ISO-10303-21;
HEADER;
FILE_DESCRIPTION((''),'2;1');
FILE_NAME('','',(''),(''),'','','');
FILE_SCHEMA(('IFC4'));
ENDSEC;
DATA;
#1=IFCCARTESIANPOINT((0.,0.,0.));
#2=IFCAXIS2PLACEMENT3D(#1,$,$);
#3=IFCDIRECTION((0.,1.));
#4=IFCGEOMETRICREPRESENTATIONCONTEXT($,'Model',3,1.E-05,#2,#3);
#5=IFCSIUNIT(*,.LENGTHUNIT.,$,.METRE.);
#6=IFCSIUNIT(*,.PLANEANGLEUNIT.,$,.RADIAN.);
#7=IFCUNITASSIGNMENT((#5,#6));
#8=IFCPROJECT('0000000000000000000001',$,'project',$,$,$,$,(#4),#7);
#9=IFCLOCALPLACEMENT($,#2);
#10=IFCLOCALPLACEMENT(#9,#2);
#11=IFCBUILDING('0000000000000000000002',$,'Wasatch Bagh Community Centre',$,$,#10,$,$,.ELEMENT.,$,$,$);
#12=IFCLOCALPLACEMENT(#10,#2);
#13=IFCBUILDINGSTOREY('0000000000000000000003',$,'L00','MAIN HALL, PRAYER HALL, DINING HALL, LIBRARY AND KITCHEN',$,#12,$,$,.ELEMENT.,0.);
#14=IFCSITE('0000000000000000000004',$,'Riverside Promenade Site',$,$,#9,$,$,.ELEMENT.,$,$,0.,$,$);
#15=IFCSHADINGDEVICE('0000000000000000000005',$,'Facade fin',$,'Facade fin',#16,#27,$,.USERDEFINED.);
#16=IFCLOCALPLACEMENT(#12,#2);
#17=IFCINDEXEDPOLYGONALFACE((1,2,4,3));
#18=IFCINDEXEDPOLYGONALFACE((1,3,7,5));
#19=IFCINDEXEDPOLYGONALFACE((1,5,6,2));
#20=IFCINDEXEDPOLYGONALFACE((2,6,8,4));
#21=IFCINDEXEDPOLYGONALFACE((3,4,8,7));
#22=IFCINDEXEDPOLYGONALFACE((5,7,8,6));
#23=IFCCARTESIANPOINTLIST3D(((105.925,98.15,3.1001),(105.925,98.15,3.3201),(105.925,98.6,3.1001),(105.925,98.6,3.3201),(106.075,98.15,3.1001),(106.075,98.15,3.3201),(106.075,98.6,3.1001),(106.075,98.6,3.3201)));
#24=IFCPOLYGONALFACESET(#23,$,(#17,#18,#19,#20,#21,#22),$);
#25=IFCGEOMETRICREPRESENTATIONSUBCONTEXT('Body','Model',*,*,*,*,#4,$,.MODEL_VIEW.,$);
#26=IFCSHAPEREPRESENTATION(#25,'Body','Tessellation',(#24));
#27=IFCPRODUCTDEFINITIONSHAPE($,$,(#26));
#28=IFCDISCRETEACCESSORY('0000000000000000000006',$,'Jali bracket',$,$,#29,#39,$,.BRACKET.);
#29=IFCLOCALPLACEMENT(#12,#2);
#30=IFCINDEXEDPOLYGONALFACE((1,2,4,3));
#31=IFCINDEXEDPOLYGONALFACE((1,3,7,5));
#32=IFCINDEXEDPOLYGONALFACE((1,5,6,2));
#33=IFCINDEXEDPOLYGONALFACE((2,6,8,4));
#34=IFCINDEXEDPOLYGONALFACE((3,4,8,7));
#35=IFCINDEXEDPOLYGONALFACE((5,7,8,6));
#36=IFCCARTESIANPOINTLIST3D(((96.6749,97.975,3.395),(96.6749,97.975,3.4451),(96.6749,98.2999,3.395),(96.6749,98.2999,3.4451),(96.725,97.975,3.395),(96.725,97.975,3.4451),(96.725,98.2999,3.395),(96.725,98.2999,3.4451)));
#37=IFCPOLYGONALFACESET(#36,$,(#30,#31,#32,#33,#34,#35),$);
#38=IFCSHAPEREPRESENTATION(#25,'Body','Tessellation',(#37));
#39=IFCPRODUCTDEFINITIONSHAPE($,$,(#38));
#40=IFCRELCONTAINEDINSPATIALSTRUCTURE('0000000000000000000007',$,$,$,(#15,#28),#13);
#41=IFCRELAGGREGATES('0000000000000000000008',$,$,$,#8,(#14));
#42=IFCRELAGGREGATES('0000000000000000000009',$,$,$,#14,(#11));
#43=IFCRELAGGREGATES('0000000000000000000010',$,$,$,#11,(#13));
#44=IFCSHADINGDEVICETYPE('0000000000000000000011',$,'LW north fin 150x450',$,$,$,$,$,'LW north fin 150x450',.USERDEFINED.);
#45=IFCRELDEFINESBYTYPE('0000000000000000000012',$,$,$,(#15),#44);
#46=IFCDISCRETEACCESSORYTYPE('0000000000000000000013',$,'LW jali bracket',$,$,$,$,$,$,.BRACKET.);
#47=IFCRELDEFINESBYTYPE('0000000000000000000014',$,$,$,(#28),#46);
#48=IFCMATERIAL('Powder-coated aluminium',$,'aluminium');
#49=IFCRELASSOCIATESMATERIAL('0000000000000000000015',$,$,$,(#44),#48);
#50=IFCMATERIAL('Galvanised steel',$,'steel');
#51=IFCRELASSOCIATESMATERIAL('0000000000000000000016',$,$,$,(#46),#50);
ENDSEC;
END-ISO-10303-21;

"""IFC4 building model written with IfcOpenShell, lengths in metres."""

from ifc_helpers import new_model, si_unit, direction, frame, origin, origin_2d, place, context, subcontext, project, spatial, rectangle, extrude, material, type_object, element, save


model = new_model("IFC4")

# Units and contexts
model_context = context("Model", 3, precision=1e-05, world=origin(), true_north=direction((0.0, 1.0)))
body_context = subcontext(model_context, "Body", "Model", "MODEL_VIEW")
ifc_project = project(units=[si_unit("LENGTHUNIT", "METRE"), si_unit("PLANEANGLEUNIT", "RADIAN")], contexts=[model_context])

# Site, building, storey
site_placement = place(None, origin())
site = spatial("IfcSite", under=ifc_project, at=site_placement, Name="Riverside Promenade Site", CompositionType="ELEMENT", RefElevation=0.0)
building_placement = place(site_placement, origin())
building = spatial("IfcBuilding", under=site, at=building_placement, Name="Wasatch Bagh Community Centre", CompositionType="ELEMENT")
storey_placement = place(building_placement, origin())
storey = spatial("IfcBuildingStorey", under=building, at=storey_placement, Name="L00", Description="MAIN HALL, PRAYER HALL, DINING HALL, LIBRARY AND KITCHEN", CompositionType="ELEMENT", Elevation=0.0)

# Shading device
ifc_material_1 = material(Name="Powder-coated aluminium", Category="aluminium")
shading_device_type = type_object("IfcShadingDeviceType", Name="LW north fin 150x450", ElementType="LW north fin 150x450", PredefinedType="USERDEFINED", material=ifc_material_1)
for number, where, z_axis, x_axis, name in (
    (1, (106.0, 98.375, 3.1001), (0.0, 0.0, 1.0), (1.0, 0.0, 0.0), "Facade fin"),
):
    element("IfcShadingDevice", number, at=place(storey_placement, frame(where, z_axis=z_axis, x_axis=x_axis)), inside=storey, type_object=shading_device_type, Name=name, ObjectType="Facade fin", PredefinedType="USERDEFINED", context=body_context, shape_type="SweptSolid", body=[
        extrude(rectangle(XDim=0.1499, YDim=0.45, at=origin_2d()), origin(), (0.0, 0.0, 1.0), 0.22),
    ])

# Discrete accessory
ifc_material_2 = material(Name="Galvanised steel", Category="steel")
discrete_accessory_type = type_object("IfcDiscreteAccessoryType", Name="LW jali bracket", PredefinedType="BRACKET", material=ifc_material_2)
discrete_accessory_placement = place(storey_placement, frame((96.7, 98.1375, 3.395), z_axis=(0.0, 0.0, 1.0), x_axis=(1.0, 0.0, 0.0)))
element("IfcDiscreteAccessory", 2, at=discrete_accessory_placement, inside=storey, type_object=discrete_accessory_type, Name="Jali bracket", PredefinedType="BRACKET", context=body_context, shape_type="SweptSolid", body=[
    extrude(rectangle(XDim=0.05, YDim=0.325, at=origin_2d()), origin(), (0.0, 0.0, 1.0), 0.05),
])

save(model, "model.ifc")
